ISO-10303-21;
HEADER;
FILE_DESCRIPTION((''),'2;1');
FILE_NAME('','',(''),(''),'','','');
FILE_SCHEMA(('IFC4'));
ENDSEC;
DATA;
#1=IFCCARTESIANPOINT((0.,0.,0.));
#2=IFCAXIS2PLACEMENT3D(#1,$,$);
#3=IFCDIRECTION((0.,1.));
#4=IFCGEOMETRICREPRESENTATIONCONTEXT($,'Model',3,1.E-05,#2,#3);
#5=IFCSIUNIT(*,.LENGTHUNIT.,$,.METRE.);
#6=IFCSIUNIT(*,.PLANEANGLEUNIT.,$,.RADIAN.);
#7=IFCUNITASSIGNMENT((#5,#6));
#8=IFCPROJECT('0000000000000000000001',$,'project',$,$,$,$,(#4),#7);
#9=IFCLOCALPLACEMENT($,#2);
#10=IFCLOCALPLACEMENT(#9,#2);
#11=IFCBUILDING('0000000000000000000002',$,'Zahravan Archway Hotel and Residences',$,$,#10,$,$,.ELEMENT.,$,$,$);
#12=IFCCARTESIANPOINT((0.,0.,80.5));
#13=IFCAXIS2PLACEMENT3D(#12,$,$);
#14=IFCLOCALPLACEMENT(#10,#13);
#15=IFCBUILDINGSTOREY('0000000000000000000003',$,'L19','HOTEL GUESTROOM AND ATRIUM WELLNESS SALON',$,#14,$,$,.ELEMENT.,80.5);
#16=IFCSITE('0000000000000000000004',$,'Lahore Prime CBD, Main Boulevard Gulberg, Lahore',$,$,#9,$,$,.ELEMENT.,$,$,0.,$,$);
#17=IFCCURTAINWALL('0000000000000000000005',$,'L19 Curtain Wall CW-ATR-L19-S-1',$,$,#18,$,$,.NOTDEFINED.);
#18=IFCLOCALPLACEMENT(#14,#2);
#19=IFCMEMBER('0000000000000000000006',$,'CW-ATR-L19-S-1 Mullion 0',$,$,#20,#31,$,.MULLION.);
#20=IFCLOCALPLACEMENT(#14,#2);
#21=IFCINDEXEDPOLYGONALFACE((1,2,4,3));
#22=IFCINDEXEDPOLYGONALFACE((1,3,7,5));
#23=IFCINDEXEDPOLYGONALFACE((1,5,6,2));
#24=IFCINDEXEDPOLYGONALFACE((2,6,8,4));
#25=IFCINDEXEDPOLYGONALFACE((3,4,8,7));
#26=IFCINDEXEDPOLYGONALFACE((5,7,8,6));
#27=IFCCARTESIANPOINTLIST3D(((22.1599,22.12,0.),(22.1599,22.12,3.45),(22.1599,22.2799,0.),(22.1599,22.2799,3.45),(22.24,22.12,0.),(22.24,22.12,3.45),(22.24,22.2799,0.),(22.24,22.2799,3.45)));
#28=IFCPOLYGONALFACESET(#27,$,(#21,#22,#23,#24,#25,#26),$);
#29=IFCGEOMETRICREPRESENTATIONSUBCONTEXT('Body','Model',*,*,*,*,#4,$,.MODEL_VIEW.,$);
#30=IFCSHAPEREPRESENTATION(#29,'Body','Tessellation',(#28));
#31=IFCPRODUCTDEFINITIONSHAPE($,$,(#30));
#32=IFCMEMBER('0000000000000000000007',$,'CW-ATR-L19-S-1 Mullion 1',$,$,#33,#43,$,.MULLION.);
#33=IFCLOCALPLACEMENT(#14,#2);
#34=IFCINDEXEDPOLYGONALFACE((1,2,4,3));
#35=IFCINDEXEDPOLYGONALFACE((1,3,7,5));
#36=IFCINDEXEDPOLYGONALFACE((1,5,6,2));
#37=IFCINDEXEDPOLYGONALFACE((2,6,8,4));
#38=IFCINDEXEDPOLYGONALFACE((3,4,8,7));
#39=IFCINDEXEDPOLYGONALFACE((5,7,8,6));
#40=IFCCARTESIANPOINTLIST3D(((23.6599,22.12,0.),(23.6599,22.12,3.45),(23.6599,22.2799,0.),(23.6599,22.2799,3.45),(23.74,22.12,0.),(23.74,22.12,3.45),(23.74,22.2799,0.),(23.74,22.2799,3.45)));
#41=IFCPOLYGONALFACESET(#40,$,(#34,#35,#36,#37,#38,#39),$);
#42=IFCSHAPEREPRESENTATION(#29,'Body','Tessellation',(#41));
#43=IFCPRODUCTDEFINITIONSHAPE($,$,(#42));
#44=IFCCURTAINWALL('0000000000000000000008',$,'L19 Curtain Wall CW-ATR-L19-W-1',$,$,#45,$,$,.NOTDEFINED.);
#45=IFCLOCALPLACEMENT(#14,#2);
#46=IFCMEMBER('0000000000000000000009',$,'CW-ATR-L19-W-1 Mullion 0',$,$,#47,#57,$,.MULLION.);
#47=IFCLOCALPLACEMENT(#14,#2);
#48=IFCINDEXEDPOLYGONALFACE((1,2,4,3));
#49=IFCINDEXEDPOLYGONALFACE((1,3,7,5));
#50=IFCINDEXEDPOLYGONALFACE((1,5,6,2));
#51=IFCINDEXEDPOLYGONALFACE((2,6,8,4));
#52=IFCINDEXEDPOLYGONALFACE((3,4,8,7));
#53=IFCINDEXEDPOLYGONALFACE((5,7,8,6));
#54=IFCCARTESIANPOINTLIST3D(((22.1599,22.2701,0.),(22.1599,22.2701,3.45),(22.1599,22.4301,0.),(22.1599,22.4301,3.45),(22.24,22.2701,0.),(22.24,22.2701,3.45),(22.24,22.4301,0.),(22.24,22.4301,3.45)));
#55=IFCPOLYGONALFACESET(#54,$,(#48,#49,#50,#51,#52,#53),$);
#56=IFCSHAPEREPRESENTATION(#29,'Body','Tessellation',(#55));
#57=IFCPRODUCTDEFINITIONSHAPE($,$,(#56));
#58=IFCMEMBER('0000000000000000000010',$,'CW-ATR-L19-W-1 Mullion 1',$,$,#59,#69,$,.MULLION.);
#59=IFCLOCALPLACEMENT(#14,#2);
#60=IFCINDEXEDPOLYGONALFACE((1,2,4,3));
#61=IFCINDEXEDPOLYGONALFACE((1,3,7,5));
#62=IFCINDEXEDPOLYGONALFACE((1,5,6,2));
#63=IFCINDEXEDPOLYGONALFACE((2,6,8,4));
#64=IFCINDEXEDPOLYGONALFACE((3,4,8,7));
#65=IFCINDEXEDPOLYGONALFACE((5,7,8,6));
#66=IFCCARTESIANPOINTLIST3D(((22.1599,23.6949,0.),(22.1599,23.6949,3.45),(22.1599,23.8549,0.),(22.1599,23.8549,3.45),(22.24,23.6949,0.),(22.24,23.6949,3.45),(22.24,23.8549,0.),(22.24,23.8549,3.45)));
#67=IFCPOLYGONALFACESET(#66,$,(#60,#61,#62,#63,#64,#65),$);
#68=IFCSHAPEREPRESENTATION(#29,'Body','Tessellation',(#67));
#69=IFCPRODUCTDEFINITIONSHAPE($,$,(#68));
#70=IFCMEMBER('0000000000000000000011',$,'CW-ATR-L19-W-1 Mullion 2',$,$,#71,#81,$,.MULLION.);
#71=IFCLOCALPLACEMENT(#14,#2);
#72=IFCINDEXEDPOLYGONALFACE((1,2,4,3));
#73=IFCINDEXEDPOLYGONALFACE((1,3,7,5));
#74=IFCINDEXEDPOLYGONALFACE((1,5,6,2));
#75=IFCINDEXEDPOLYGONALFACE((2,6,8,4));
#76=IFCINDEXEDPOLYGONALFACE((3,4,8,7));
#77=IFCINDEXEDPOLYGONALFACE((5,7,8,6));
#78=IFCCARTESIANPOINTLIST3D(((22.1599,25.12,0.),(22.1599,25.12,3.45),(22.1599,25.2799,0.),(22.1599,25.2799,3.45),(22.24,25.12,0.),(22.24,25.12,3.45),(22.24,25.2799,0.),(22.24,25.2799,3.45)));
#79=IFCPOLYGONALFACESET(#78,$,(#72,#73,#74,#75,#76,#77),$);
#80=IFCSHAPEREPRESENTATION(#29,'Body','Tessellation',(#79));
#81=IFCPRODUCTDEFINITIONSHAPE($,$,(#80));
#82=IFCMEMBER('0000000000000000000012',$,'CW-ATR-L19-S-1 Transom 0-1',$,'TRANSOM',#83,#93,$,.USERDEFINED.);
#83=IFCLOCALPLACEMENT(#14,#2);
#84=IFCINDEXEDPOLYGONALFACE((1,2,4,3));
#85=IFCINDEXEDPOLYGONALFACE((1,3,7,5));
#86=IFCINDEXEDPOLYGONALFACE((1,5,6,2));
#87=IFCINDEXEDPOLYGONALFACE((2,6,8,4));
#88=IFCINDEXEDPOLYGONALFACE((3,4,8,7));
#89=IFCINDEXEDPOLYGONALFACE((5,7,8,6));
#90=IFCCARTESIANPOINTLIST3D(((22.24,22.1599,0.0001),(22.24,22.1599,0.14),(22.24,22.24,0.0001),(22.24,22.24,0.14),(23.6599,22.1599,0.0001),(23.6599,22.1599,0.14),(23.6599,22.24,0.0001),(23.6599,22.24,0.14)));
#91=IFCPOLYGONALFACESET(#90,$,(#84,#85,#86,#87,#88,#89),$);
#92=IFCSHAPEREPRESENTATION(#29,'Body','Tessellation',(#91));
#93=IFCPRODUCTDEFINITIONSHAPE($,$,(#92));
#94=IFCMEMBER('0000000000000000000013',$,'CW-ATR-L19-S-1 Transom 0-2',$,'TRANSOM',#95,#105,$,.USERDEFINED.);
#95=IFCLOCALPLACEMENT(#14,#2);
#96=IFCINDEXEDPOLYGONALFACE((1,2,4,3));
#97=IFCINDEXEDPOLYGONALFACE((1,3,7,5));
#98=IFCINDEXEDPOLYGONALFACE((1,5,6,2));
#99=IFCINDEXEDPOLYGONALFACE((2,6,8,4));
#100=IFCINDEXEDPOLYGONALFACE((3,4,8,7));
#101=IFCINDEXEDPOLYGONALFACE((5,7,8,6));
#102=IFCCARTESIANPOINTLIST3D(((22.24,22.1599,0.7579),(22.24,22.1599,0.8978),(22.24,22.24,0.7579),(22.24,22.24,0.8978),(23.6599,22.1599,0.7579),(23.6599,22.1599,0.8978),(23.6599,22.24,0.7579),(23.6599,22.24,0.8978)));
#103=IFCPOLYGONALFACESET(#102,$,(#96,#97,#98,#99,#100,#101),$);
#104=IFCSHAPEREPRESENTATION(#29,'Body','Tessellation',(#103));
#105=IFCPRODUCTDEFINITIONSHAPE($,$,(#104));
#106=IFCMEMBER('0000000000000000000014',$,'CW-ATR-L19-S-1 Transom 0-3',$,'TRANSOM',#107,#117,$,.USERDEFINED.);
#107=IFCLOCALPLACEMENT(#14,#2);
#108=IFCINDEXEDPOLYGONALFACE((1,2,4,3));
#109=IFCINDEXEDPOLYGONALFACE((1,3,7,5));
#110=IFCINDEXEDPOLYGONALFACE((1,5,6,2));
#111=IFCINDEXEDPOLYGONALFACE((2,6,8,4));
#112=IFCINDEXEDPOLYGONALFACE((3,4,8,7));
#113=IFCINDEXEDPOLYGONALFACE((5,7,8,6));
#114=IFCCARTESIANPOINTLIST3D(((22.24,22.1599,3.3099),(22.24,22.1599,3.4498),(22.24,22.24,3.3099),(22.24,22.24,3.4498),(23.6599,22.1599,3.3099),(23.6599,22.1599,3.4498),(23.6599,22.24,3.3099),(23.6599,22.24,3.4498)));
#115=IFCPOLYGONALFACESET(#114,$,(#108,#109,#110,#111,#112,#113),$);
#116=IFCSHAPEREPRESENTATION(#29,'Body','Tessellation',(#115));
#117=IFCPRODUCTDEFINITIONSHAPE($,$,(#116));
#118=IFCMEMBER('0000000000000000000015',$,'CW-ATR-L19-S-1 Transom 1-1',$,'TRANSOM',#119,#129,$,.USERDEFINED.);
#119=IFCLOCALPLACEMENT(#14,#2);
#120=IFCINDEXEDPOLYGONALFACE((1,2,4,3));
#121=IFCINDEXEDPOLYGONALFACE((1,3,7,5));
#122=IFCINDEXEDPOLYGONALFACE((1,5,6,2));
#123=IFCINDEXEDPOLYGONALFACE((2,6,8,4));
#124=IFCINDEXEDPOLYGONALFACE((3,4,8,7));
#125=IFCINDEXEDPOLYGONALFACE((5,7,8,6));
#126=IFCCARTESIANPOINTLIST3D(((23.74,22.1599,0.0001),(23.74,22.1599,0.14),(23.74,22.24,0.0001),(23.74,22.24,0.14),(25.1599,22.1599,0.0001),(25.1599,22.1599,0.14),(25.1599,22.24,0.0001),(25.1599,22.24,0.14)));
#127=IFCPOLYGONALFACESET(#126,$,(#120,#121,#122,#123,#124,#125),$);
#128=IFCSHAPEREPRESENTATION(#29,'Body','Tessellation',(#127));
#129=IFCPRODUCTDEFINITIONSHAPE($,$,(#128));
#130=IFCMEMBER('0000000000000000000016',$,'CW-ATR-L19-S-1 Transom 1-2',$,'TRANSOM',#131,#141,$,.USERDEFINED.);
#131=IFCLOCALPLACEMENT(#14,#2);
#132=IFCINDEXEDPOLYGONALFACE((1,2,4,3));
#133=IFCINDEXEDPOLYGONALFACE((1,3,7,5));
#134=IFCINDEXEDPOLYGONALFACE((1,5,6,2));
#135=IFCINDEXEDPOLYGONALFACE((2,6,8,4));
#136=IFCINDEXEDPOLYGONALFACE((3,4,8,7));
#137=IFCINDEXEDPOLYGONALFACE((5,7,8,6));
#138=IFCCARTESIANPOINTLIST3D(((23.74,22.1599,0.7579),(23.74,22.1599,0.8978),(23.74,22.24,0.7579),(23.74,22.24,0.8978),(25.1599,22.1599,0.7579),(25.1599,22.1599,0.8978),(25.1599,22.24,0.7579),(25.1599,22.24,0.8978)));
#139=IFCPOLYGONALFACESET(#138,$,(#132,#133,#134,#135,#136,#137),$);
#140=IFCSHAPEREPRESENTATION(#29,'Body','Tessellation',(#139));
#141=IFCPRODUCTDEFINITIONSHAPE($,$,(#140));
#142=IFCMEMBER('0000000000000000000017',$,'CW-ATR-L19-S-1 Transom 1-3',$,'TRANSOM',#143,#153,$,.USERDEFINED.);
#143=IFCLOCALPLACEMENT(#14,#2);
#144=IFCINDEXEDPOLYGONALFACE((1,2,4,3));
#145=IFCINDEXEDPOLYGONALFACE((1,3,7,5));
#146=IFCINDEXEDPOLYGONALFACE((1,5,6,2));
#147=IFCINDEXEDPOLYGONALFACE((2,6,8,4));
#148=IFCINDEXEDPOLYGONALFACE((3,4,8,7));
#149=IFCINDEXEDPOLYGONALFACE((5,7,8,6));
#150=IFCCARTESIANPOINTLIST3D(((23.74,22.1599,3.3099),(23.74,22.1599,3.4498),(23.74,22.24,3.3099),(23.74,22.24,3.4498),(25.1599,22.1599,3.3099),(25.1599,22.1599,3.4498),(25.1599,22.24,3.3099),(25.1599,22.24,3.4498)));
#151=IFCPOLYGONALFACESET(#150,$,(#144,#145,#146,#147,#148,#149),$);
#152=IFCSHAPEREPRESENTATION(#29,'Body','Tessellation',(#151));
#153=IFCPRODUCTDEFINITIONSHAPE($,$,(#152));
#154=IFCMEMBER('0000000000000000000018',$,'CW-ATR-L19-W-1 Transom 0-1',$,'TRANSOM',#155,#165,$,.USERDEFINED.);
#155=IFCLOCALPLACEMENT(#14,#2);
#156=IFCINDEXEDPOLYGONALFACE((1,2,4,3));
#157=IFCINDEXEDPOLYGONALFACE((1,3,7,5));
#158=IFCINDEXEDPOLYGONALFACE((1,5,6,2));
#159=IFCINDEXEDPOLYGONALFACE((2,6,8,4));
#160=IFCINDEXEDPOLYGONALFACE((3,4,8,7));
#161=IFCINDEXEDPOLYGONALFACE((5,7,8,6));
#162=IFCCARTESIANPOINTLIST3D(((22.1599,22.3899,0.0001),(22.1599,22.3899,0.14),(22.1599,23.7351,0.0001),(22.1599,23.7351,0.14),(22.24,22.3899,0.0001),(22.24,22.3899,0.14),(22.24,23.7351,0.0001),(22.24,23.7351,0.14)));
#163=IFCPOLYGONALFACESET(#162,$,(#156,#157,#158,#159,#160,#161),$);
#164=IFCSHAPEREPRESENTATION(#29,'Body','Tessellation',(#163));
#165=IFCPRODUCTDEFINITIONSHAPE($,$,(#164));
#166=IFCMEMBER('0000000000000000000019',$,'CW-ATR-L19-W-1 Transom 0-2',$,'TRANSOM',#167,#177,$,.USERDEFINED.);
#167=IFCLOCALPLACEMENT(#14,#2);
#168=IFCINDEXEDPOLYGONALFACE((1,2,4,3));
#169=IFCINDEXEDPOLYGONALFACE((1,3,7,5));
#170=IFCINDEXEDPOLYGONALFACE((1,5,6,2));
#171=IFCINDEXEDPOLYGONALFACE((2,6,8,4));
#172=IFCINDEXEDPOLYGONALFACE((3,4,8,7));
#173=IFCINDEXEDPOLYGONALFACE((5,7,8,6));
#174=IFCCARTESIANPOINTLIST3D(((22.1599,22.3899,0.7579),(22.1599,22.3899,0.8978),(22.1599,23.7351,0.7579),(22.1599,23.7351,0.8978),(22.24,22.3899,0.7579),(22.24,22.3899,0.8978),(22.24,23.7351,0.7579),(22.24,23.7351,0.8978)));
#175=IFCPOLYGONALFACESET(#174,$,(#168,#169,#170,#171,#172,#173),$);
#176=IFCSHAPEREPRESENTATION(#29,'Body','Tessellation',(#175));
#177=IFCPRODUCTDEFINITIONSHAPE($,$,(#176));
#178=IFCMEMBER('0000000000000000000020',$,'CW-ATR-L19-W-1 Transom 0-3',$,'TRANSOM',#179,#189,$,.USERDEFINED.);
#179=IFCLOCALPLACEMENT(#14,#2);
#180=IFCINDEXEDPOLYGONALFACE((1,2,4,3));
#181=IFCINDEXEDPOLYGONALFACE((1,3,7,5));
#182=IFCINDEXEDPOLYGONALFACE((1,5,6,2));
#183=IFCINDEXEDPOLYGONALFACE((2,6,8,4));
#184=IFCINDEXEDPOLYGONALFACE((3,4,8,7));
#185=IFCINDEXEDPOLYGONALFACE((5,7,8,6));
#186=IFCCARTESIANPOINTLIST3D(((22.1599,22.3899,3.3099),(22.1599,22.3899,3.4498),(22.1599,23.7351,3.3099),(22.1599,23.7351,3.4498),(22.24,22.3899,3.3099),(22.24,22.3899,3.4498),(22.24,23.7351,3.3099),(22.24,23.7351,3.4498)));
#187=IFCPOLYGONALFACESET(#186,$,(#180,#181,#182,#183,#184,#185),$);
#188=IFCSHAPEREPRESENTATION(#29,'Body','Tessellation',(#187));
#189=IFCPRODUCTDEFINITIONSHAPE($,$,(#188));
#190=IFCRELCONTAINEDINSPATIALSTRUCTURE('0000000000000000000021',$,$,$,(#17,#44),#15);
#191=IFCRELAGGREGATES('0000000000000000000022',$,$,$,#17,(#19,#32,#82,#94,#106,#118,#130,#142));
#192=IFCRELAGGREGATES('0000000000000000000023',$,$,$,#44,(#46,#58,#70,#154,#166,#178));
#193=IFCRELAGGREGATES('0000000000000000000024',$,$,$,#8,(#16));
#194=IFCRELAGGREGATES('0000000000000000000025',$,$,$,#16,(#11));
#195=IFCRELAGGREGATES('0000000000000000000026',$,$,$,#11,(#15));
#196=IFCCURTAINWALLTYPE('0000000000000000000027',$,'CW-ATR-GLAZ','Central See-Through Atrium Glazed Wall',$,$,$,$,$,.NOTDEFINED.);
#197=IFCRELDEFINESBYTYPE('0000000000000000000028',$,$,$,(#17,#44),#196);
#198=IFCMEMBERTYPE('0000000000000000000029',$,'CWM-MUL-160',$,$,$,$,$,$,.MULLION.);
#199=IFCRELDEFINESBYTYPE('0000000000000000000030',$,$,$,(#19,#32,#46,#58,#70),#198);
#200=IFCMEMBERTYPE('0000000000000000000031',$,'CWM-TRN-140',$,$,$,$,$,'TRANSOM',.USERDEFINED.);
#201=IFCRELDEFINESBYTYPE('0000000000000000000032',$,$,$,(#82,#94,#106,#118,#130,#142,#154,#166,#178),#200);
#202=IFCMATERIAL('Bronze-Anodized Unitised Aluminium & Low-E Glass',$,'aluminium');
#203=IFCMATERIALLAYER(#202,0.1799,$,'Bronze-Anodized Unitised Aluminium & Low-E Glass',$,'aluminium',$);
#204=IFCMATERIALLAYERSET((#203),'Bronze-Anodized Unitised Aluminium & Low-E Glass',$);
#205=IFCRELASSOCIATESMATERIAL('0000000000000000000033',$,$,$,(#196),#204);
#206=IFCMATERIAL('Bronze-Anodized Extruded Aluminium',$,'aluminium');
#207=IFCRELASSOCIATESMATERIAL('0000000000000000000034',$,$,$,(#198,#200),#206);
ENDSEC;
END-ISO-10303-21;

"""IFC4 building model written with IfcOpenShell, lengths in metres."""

from ifc_helpers import new_model, si_unit, direction, frame, origin, origin_2d, place, context, subcontext, project, spatial, rectangle, extrude, source, transform, mapped, material, layer, layer_set, material_profile, profile_set, type_object, element, aggregate, save


model = new_model("IFC4")

# Units and contexts
model_context = context("Model", 3, precision=1e-05, world=origin(), true_north=direction((0.0, 1.0)))
body_context = subcontext(model_context, "Body", "Model", "MODEL_VIEW")
ifc_project = project(units=[si_unit("LENGTHUNIT", "METRE"), si_unit("PLANEANGLEUNIT", "RADIAN")], contexts=[model_context])

# Site, building, storey
site_placement = place(None, origin())
site = spatial("IfcSite", under=ifc_project, at=site_placement, Name="Lahore Prime CBD, Main Boulevard Gulberg, Lahore", CompositionType="ELEMENT", RefElevation=0.0)
building_placement = place(site_placement, origin())
building = spatial("IfcBuilding", under=site, at=building_placement, Name="Zahravan Archway Hotel and Residences", CompositionType="ELEMENT")
storey_placement = place(building_placement, frame((0.0, 0.0, 80.5)))
storey = spatial("IfcBuildingStorey", under=building, at=storey_placement, Name="L19", Description="HOTEL GUESTROOM AND ATRIUM WELLNESS SALON", CompositionType="ELEMENT", Elevation=80.5)

# Curtain walls, members
ifc_material_1 = material(Name="Bronze-Anodized Unitised Aluminium & Low-E Glass", Category="aluminium")
ifc_layer_1 = layer(ifc_material_1, 0.1799, Name="Bronze-Anodized Unitised Aluminium & Low-E Glass", Category="aluminium")
ifc_layer_set_1 = layer_set([ifc_layer_1], Name="Bronze-Anodized Unitised Aluminium & Low-E Glass")
curtain_wall_type = type_object("IfcCurtainWallType", Name="CW-ATR-GLAZ", Description="Central See-Through Atrium Glazed Wall", PredefinedType="NOTDEFINED", material=ifc_layer_set_1)
curtain_wall_1_placement = place(storey_placement, origin())
curtain_wall_1 = element("IfcCurtainWall", 1, at=curtain_wall_1_placement, inside=storey, type_object=curtain_wall_type, Name="L19 Curtain Wall CW-ATR-L19-S-1", PredefinedType="NOTDEFINED")
ifc_material_2 = material(Name="Bronze-Anodized Extruded Aluminium", Category="aluminium")
ifc_material_profile_1 = material_profile(ifc_material_2, rectangle(XDim=0.0801, YDim=0.1599, at=origin_2d()), Name="MUL 80x160", Category="aluminium")
ifc_profile_set_1 = profile_set([ifc_material_profile_1], Name="Bronze-Anodized Extruded Aluminium")
member_type_1 = type_object("IfcMemberType", Name="CWM-MUL-160", PredefinedType="MULLION", material=ifc_profile_set_1)
shared_shape_1 = source(origin(), body_context, "Body", "SweptSolid", [
    extrude(rectangle(XDim=0.0801, YDim=0.1599, at=origin_2d()), origin(), (0.0, 0.0, 1.0), 3.45),
])
member_1_placement = place(storey_placement, frame((22.2, 22.2, 0.0), z_axis=(0.0, 0.0, 1.0), x_axis=(1.0, 0.0, 0.0)))
member_1 = element("IfcMember", 2, at=member_1_placement, type_object=member_type_1, Name="CW-ATR-L19-S-1 Mullion 0", PredefinedType="MULLION", context=body_context, shape_type="MappedRepresentation", body=[
    mapped(shared_shape_1, transform((0.0, 0.0, 0.0), scale=1.0)),
])
member_2_placement = place(storey_placement, frame((23.7, 22.2, 0.0), z_axis=(0.0, 0.0, 1.0), x_axis=(1.0, 0.0, 0.0)))
member_2 = element("IfcMember", 3, at=member_2_placement, type_object=member_type_1, Name="CW-ATR-L19-S-1 Mullion 1", PredefinedType="MULLION", context=body_context, shape_type="MappedRepresentation", body=[
    mapped(shared_shape_1, transform((0.0, 0.0, 0.0), scale=1.0)),
])
curtain_wall_2_placement = place(storey_placement, origin())
curtain_wall_2 = element("IfcCurtainWall", 4, at=curtain_wall_2_placement, inside=storey, type_object=curtain_wall_type, Name="L19 Curtain Wall CW-ATR-L19-W-1", PredefinedType="NOTDEFINED")
member_3_placement = place(storey_placement, frame((22.2, 22.3501, 0.0), z_axis=(0.0, 0.0, 1.0), x_axis=(1.0, 0.0, 0.0)))
member_3 = element("IfcMember", 5, at=member_3_placement, type_object=member_type_1, Name="CW-ATR-L19-W-1 Mullion 0", PredefinedType="MULLION", context=body_context, shape_type="MappedRepresentation", body=[
    mapped(shared_shape_1, transform((0.0, 0.0, 0.0), scale=1.0)),
])
member_4_placement = place(storey_placement, frame((22.2, 23.7749, 0.0), z_axis=(0.0, 0.0, 1.0), x_axis=(1.0, 0.0, 0.0)))
member_4 = element("IfcMember", 6, at=member_4_placement, type_object=member_type_1, Name="CW-ATR-L19-W-1 Mullion 1", PredefinedType="MULLION", context=body_context, shape_type="MappedRepresentation", body=[
    mapped(shared_shape_1, transform((0.0, 0.0, 0.0), scale=1.0)),
])
member_5_placement = place(storey_placement, frame((22.2, 25.2, 0.0), z_axis=(0.0, 0.0, 1.0), x_axis=(1.0, 0.0, 0.0)))
member_5 = element("IfcMember", 7, at=member_5_placement, type_object=member_type_1, Name="CW-ATR-L19-W-1 Mullion 2", PredefinedType="MULLION", context=body_context, shape_type="MappedRepresentation", body=[
    mapped(shared_shape_1, transform((0.0, 0.0, 0.0), scale=1.0)),
])

# Members
ifc_material_profile_2 = material_profile(ifc_material_2, rectangle(XDim=0.0801, YDim=0.1399, at=origin_2d()), Name="TRN 80x140", Category="aluminium")
ifc_profile_set_2 = profile_set([ifc_material_profile_2], Name="Bronze-Anodized Extruded Aluminium")
member_type_2 = type_object("IfcMemberType", Name="CWM-TRN-140", ElementType="TRANSOM", PredefinedType="USERDEFINED", material=ifc_profile_set_2)
shared_shape_2 = source(origin(), body_context, "Body", "SweptSolid", [
    extrude(rectangle(XDim=0.0801, YDim=0.1399, at=origin_2d()), origin(), (0.0, 0.0, 1.0), 1.4199),
])
member_6_placement = place(storey_placement, frame((22.24, 22.2, 0.0701), z_axis=(1.0, 0.0, 0.0), x_axis=(0.0, 1.0, 0.0)))
member_6 = element("IfcMember", 8, at=member_6_placement, type_object=member_type_2, Name="CW-ATR-L19-S-1 Transom 0-1", ObjectType="TRANSOM", PredefinedType="USERDEFINED", context=body_context, shape_type="MappedRepresentation", body=[
    mapped(shared_shape_2, transform((0.0, 0.0, 0.0), scale=1.0)),
])
member_7_placement = place(storey_placement, frame((22.24, 22.2, 0.8279), z_axis=(1.0, 0.0, 0.0), x_axis=(0.0, 1.0, 0.0)))
member_7 = element("IfcMember", 9, at=member_7_placement, type_object=member_type_2, Name="CW-ATR-L19-S-1 Transom 0-2", ObjectType="TRANSOM", PredefinedType="USERDEFINED", context=body_context, shape_type="MappedRepresentation", body=[
    mapped(shared_shape_2, transform((0.0, 0.0, 0.0), scale=1.0)),
])
member_8_placement = place(storey_placement, frame((22.24, 22.2, 3.3799), z_axis=(1.0, 0.0, 0.0), x_axis=(0.0, 1.0, 0.0)))
member_8 = element("IfcMember", 10, at=member_8_placement, type_object=member_type_2, Name="CW-ATR-L19-S-1 Transom 0-3", ObjectType="TRANSOM", PredefinedType="USERDEFINED", context=body_context, shape_type="MappedRepresentation", body=[
    mapped(shared_shape_2, transform((0.0, 0.0, 0.0), scale=1.0)),
])
member_9_placement = place(storey_placement, frame((23.74, 22.2, 0.0701), z_axis=(1.0, 0.0, 0.0), x_axis=(0.0, 1.0, 0.0)))
member_9 = element("IfcMember", 11, at=member_9_placement, type_object=member_type_2, Name="CW-ATR-L19-S-1 Transom 1-1", ObjectType="TRANSOM", PredefinedType="USERDEFINED", context=body_context, shape_type="MappedRepresentation", body=[
    mapped(shared_shape_2, transform((0.0, 0.0, 0.0), scale=1.0)),
])
member_10_placement = place(storey_placement, frame((23.74, 22.2, 0.8279), z_axis=(1.0, 0.0, 0.0), x_axis=(0.0, 1.0, 0.0)))
member_10 = element("IfcMember", 12, at=member_10_placement, type_object=member_type_2, Name="CW-ATR-L19-S-1 Transom 1-2", ObjectType="TRANSOM", PredefinedType="USERDEFINED", context=body_context, shape_type="MappedRepresentation", body=[
    mapped(shared_shape_2, transform((0.0, 0.0, 0.0), scale=1.0)),
])
member_11_placement = place(storey_placement, frame((23.74, 22.2, 3.3799), z_axis=(1.0, 0.0, 0.0), x_axis=(0.0, 1.0, 0.0)))
member_11 = element("IfcMember", 13, at=member_11_placement, type_object=member_type_2, Name="CW-ATR-L19-S-1 Transom 1-3", ObjectType="TRANSOM", PredefinedType="USERDEFINED", context=body_context, shape_type="MappedRepresentation", body=[
    mapped(shared_shape_2, transform((0.0, 0.0, 0.0), scale=1.0)),
])
shared_shape_3 = source(origin(), body_context, "Body", "SweptSolid", [
    extrude(rectangle(XDim=0.0801, YDim=0.1399, at=origin_2d()), origin(), (0.0, 0.0, 1.0), 1.3452),
])
member_12_placement = place(storey_placement, frame((22.2, 22.3899, 0.0701), z_axis=(0.0, 1.0, 0.0), x_axis=(-1.0, 0.0, 0.0)))
member_12 = element("IfcMember", 14, at=member_12_placement, type_object=member_type_2, Name="CW-ATR-L19-W-1 Transom 0-1", ObjectType="TRANSOM", PredefinedType="USERDEFINED", context=body_context, shape_type="MappedRepresentation", body=[
    mapped(shared_shape_3, transform((0.0, 0.0, 0.0), scale=1.0)),
])
member_13_placement = place(storey_placement, frame((22.2, 22.3899, 0.8279), z_axis=(0.0, 1.0, 0.0), x_axis=(-1.0, 0.0, 0.0)))
member_13 = element("IfcMember", 15, at=member_13_placement, type_object=member_type_2, Name="CW-ATR-L19-W-1 Transom 0-2", ObjectType="TRANSOM", PredefinedType="USERDEFINED", context=body_context, shape_type="MappedRepresentation", body=[
    mapped(shared_shape_3, transform((0.0, 0.0, 0.0), scale=1.0)),
])
member_14_placement = place(storey_placement, frame((22.2, 22.3899, 3.3799), z_axis=(0.0, 1.0, 0.0), x_axis=(-1.0, 0.0, 0.0)))
member_14 = element("IfcMember", 16, at=member_14_placement, type_object=member_type_2, Name="CW-ATR-L19-W-1 Transom 0-3", ObjectType="TRANSOM", PredefinedType="USERDEFINED", context=body_context, shape_type="MappedRepresentation", body=[
    mapped(shared_shape_3, transform((0.0, 0.0, 0.0), scale=1.0)),
])

aggregate(curtain_wall_1, [member_1, member_2, member_6, member_7, member_8, member_9, member_10, member_11])
aggregate(curtain_wall_2, [member_3, member_4, member_5, member_12, member_13, member_14])

save(model, "model.ifc")
